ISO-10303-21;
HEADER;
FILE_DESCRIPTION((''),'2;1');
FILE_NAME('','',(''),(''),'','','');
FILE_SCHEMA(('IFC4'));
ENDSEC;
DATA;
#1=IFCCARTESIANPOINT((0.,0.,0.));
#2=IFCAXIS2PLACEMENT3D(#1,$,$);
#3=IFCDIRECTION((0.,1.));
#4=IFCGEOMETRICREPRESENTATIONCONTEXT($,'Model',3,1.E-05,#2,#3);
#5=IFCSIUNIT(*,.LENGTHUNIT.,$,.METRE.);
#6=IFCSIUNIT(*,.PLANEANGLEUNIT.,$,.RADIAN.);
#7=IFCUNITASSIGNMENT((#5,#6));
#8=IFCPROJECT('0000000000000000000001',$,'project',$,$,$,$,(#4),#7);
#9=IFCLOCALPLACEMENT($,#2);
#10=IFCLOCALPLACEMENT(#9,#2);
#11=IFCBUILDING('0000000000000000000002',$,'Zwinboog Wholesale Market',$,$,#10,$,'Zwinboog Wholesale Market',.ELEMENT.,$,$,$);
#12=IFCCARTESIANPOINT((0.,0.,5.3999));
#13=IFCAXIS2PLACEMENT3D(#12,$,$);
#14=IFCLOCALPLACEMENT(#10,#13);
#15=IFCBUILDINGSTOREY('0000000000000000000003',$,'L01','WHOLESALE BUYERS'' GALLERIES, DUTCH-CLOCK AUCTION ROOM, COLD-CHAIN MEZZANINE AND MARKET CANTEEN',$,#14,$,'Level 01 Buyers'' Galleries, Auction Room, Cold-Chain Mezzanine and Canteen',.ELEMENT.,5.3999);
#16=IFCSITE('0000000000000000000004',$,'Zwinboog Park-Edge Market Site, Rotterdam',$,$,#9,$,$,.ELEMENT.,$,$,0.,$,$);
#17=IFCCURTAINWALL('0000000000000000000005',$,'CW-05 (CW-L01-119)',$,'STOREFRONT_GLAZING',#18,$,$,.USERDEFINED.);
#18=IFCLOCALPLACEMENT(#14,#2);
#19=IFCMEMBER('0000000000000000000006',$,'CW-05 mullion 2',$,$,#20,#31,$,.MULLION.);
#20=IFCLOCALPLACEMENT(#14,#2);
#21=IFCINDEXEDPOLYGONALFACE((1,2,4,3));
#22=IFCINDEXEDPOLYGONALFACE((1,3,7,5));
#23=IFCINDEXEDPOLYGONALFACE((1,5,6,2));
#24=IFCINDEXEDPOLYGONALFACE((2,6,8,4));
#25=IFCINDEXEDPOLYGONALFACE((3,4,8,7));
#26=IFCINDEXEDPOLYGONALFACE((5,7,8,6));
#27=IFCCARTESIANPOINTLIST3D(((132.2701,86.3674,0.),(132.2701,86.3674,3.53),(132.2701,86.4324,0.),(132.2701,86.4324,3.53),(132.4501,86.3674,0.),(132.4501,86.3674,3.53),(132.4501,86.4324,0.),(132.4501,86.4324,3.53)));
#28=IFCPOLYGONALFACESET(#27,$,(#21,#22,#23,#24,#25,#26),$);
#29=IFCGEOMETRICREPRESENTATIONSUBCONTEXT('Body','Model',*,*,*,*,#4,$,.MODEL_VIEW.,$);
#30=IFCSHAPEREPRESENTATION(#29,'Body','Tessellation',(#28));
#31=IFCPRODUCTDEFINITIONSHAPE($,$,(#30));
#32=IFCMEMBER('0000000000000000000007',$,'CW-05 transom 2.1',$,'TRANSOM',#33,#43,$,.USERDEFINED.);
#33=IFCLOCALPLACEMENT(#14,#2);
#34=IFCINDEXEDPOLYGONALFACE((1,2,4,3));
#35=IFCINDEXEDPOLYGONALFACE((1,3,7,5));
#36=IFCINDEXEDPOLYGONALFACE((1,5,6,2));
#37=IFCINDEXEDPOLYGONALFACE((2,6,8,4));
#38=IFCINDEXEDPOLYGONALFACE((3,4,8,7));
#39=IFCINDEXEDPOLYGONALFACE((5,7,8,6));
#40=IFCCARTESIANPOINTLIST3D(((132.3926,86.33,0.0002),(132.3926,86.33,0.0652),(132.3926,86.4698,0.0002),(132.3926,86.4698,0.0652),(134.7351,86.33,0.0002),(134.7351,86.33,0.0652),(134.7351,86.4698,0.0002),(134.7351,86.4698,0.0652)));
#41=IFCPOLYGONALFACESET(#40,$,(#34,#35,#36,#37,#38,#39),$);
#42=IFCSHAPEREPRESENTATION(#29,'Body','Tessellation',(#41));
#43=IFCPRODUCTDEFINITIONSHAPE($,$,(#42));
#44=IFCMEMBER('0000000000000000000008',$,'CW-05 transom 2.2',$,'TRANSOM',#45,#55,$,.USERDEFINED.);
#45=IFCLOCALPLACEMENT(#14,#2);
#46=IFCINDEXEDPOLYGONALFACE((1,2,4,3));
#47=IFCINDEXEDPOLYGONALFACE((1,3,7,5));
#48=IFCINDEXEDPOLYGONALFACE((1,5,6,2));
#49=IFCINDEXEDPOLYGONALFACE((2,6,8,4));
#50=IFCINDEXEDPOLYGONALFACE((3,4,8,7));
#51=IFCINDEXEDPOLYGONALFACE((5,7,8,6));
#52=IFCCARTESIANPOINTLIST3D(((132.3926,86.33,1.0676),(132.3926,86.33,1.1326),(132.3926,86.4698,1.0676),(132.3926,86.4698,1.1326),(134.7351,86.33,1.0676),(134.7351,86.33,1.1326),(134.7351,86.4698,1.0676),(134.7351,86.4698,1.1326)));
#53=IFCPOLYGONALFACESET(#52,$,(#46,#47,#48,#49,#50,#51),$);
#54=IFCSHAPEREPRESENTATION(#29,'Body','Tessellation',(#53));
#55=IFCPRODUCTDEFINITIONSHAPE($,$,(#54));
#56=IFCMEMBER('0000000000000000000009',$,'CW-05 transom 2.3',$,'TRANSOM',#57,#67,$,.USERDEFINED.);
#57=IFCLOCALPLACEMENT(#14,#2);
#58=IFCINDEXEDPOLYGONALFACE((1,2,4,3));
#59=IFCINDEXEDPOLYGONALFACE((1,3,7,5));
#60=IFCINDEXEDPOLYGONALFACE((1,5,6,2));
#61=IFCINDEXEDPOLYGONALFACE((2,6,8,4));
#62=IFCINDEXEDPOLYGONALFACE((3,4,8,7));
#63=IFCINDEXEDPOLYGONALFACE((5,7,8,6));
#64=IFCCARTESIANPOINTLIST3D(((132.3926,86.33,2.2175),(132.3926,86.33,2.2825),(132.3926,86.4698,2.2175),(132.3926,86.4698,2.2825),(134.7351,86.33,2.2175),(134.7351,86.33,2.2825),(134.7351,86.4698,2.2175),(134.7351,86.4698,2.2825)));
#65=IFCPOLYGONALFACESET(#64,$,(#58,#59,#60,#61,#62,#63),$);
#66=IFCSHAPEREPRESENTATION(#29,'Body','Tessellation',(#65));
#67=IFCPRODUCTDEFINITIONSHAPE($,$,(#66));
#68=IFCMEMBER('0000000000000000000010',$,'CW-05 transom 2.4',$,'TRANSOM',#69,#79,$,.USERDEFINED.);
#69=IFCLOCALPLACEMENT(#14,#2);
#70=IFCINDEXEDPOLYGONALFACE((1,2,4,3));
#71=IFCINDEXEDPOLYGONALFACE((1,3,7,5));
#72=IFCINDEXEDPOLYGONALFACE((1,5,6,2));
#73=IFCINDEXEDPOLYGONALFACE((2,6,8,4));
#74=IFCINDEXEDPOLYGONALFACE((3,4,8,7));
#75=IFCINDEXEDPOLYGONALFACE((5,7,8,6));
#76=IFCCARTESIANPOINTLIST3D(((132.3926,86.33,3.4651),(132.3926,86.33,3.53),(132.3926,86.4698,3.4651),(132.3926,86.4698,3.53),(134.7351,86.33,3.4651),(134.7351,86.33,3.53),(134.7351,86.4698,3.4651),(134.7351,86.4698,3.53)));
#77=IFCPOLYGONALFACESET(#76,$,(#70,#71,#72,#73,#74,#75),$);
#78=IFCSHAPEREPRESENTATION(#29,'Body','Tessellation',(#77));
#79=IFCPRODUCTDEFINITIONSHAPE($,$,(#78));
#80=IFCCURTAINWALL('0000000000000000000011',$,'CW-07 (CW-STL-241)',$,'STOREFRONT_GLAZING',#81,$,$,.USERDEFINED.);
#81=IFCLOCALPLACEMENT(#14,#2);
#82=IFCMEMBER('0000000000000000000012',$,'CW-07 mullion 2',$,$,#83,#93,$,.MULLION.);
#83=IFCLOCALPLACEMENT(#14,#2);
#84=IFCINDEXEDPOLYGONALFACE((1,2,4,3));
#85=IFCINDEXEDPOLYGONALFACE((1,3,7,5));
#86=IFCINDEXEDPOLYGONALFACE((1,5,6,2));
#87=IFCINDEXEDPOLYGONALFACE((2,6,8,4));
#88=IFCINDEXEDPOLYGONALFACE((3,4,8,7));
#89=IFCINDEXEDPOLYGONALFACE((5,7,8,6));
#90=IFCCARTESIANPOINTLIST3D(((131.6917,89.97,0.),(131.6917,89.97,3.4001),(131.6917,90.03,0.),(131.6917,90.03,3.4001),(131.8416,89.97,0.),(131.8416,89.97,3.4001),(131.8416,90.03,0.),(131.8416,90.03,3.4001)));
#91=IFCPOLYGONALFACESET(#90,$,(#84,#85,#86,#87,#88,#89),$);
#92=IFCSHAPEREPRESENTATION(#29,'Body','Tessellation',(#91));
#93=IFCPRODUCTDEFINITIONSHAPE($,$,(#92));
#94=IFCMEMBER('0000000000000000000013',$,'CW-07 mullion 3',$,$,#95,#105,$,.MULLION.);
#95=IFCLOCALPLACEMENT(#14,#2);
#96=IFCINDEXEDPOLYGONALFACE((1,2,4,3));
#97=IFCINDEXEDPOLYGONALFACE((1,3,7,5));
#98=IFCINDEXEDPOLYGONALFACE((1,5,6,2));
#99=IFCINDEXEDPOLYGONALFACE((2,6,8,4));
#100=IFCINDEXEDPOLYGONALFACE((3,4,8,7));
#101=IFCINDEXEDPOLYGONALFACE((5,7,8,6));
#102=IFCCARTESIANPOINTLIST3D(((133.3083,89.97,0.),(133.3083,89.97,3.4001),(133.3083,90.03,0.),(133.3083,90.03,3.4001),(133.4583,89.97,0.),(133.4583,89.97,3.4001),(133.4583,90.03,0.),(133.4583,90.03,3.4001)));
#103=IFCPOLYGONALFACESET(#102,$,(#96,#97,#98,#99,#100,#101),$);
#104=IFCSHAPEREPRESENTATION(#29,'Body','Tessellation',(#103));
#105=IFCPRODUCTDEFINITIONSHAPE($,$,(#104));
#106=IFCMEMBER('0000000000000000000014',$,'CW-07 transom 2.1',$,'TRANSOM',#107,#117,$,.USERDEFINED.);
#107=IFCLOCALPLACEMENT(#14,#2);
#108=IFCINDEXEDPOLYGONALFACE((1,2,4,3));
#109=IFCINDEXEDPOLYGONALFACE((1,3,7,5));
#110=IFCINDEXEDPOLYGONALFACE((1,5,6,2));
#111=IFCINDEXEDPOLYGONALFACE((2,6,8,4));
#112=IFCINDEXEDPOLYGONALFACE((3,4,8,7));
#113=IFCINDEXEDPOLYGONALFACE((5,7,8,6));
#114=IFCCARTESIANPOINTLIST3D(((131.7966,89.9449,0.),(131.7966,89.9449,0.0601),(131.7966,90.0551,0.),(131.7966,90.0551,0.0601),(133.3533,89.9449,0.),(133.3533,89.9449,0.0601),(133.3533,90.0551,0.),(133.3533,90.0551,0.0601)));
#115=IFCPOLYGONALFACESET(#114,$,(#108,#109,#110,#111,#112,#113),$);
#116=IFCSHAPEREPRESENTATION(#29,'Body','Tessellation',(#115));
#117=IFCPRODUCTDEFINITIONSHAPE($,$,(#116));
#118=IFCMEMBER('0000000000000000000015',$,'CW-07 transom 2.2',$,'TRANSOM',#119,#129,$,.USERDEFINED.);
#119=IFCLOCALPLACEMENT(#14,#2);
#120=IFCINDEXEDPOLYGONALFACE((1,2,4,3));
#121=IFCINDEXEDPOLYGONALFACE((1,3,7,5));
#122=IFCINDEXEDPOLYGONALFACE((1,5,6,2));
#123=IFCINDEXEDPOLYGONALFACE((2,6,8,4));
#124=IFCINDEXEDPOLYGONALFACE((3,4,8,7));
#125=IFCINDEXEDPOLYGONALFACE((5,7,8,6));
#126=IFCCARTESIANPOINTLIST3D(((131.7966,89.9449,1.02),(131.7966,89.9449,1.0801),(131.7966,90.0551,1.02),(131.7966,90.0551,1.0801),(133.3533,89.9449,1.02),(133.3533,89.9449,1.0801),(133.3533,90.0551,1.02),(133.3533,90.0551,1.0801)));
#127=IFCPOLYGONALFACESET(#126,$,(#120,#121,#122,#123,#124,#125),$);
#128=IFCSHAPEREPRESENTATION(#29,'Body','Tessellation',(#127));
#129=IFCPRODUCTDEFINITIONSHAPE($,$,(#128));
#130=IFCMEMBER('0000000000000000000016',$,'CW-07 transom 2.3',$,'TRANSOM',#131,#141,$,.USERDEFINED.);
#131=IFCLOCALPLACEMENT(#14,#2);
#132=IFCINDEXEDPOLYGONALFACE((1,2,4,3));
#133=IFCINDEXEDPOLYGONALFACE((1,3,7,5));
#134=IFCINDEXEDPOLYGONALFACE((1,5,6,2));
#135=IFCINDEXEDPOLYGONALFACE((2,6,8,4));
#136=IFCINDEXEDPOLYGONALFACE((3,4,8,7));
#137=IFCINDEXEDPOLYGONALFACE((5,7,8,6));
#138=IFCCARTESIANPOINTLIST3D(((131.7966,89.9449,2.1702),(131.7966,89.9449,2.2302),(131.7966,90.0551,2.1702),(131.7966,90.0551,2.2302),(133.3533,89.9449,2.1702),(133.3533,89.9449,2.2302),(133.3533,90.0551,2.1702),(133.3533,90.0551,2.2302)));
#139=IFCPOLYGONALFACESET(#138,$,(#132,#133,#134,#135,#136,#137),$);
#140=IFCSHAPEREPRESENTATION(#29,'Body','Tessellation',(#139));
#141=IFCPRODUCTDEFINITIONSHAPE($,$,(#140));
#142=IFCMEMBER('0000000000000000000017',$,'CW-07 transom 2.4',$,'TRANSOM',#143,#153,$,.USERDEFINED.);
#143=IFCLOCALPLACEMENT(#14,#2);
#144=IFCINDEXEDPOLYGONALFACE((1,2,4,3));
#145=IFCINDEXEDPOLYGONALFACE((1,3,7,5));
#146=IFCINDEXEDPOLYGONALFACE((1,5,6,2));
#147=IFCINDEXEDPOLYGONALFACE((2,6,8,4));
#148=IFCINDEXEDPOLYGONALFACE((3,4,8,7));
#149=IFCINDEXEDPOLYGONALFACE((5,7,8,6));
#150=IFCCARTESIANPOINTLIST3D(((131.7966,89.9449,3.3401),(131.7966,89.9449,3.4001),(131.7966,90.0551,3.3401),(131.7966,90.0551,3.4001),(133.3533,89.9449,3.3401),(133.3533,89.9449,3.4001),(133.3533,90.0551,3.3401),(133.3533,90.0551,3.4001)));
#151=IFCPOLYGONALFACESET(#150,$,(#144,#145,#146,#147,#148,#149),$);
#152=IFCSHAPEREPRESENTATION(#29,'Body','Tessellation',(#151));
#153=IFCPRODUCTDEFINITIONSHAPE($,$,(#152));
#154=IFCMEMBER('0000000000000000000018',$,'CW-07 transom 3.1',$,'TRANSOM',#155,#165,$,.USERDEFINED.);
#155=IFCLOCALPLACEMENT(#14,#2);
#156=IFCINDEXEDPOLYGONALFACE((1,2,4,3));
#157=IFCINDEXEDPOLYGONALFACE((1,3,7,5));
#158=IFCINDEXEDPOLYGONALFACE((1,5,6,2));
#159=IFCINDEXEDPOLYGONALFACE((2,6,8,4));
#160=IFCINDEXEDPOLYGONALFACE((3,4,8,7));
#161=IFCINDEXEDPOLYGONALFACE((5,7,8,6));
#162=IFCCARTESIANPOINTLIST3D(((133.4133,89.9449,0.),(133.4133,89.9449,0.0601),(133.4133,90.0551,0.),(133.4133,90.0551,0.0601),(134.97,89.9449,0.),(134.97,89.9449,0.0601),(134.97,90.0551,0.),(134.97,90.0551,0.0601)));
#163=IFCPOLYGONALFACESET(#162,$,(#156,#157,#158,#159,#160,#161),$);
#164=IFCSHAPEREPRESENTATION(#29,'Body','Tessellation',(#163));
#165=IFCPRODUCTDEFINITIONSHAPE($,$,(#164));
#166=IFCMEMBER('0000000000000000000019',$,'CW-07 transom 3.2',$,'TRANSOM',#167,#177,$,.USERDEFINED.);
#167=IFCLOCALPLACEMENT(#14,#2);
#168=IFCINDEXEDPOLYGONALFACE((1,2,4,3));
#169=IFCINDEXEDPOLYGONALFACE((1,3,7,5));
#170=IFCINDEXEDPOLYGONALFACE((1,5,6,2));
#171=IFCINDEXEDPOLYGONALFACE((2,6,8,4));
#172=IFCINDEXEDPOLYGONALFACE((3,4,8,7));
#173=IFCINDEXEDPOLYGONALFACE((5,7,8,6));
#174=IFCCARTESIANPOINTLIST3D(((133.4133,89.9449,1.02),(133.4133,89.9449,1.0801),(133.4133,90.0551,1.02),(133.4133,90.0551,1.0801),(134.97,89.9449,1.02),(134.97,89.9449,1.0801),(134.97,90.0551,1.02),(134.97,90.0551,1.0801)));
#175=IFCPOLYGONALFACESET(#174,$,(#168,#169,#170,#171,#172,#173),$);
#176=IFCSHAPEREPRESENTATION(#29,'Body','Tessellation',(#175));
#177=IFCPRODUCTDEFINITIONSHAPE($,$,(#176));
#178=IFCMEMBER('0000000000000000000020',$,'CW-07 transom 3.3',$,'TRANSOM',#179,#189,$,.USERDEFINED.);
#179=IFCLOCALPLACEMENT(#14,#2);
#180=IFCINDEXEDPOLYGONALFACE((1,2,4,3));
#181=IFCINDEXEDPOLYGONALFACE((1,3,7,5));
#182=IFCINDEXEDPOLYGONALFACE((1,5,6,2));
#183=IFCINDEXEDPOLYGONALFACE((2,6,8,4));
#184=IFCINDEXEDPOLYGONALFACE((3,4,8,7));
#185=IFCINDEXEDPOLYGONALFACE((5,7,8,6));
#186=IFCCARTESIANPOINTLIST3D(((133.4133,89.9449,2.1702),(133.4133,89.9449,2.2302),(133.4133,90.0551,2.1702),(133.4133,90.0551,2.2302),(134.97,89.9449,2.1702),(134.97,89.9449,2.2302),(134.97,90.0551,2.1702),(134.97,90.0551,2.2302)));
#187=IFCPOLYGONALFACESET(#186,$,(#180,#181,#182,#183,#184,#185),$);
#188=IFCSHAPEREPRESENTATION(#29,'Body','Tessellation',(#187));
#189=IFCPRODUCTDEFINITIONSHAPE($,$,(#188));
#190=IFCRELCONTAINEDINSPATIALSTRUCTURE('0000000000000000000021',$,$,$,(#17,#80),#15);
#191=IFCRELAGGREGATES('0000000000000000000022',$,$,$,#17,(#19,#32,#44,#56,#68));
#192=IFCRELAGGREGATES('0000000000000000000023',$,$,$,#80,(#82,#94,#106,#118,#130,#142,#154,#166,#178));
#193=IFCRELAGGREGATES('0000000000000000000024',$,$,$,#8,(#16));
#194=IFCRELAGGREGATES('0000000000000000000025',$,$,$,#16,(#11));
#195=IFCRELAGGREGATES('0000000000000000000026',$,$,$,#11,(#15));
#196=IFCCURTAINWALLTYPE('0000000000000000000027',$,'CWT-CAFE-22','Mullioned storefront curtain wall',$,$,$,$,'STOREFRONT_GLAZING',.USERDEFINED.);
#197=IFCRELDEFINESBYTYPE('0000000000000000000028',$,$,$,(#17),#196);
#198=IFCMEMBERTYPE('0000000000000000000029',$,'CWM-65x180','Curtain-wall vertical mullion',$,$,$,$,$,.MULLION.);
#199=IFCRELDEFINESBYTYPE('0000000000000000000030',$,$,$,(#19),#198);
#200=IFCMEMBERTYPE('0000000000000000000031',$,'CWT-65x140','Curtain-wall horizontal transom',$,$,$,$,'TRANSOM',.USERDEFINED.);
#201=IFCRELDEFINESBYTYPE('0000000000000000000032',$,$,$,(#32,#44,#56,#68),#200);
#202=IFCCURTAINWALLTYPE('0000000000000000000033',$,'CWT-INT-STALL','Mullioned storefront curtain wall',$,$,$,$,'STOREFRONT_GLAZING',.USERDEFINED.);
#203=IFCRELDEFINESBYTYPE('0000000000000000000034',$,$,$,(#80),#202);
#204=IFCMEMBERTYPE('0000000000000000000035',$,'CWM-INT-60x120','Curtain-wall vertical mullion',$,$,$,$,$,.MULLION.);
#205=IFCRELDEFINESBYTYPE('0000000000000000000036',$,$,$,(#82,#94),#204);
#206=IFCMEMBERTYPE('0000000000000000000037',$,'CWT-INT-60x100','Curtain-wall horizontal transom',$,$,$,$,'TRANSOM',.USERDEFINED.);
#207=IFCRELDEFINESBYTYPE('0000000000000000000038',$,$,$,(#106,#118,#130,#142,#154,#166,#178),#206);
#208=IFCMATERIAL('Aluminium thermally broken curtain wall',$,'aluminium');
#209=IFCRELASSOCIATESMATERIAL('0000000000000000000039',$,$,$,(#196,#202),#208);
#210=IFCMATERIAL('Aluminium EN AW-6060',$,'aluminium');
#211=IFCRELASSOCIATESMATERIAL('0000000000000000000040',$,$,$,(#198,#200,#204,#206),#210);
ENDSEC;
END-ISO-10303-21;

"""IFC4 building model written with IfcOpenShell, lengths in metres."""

from ifc_helpers import new_model, si_unit, direction, frame, origin, origin_2d, place, context, subcontext, project, spatial, rectangle, extrude, material, material_profile, profile_set, type_object, element, aggregate, save


model = new_model("IFC4")

# Units and contexts
model_context = context("Model", 3, precision=1e-05, world=origin(), true_north=direction((0.0, 1.0)))
body_context = subcontext(model_context, "Body", "Model", "MODEL_VIEW")
ifc_project = project(units=[si_unit("LENGTHUNIT", "METRE"), si_unit("PLANEANGLEUNIT", "RADIAN")], contexts=[model_context])

# Site, building, storey
site_placement = place(None, origin())
site = spatial("IfcSite", under=ifc_project, at=site_placement, Name="Zwinboog Park-Edge Market Site, Rotterdam", CompositionType="ELEMENT", RefElevation=0.0)
building_placement = place(site_placement, origin())
building = spatial("IfcBuilding", under=site, at=building_placement, Name="Zwinboog Wholesale Market", LongName="Zwinboog Wholesale Market", CompositionType="ELEMENT")
storey_placement = place(building_placement, frame((0.0, 0.0, 5.3999)))
storey = spatial("IfcBuildingStorey", under=building, at=storey_placement, Name="L01", Description="WHOLESALE BUYERS' GALLERIES, DUTCH-CLOCK AUCTION ROOM, COLD-CHAIN MEZZANINE AND MARKET CANTEEN", LongName="Level 01 Buyers' Galleries, Auction Room, Cold-Chain Mezzanine and Canteen", CompositionType="ELEMENT", Elevation=5.3999)

# Curtain walls, members
ifc_material_1 = material(Name="Aluminium thermally broken curtain wall", Category="aluminium")
curtain_wall_type_1 = type_object("IfcCurtainWallType", Name="CWT-CAFE-22", Description="Mullioned storefront curtain wall", ElementType="STOREFRONT_GLAZING", PredefinedType="USERDEFINED", material=ifc_material_1)
curtain_wall_1_placement = place(storey_placement, origin())
curtain_wall_1 = element("IfcCurtainWall", 1, at=curtain_wall_1_placement, inside=storey, type_object=curtain_wall_type_1, Name="CW-05 (CW-L01-119)", ObjectType="STOREFRONT_GLAZING", PredefinedType="USERDEFINED")
ifc_material_2 = material(Name="Aluminium EN AW-6060", Category="aluminium")
ifc_material_profile_1 = material_profile(ifc_material_2, rectangle(XDim=0.0649, YDim=0.1799, at=origin_2d()), Name="AL 65x180")
ifc_profile_set_1 = profile_set([ifc_material_profile_1], Name="Aluminium EN AW-6060")
member_type_1 = type_object("IfcMemberType", Name="CWM-65x180", Description="Curtain-wall vertical mullion", PredefinedType="MULLION", material=ifc_profile_set_1)
member_1_placement = place(storey_placement, frame((132.3601, 86.3999, 0.0), z_axis=(0.0, 0.0, 1.0), x_axis=(0.0, 1.0, 0.0)))
member_1 = element("IfcMember", 2, at=member_1_placement, type_object=member_type_1, Name="CW-05 mullion 2", PredefinedType="MULLION", context=body_context, shape_type="SweptSolid", body=[
    extrude(rectangle(XDim=0.0649, YDim=0.1799, at=origin_2d()), origin(), (0.0, 0.0, 1.0), 3.53),
])
ifc_material_profile_2 = material_profile(ifc_material_2, rectangle(XDim=0.1399, YDim=0.0649, at=origin_2d()), Name="AL 65x140")
ifc_profile_set_2 = profile_set([ifc_material_profile_2], Name="Aluminium EN AW-6060")
member_type_2 = type_object("IfcMemberType", Name="CWT-65x140", Description="Curtain-wall horizontal transom", ElementType="TRANSOM", PredefinedType="USERDEFINED", material=ifc_profile_set_2)
member_2_placement = place(storey_placement, frame((132.3926, 86.3999, 0.0327), z_axis=(1.0, 0.0, 0.0), x_axis=(0.0, 1.0, 0.0)))
member_2 = element("IfcMember", 3, at=member_2_placement, type_object=member_type_2, Name="CW-05 transom 2.1", ObjectType="TRANSOM", PredefinedType="USERDEFINED", context=body_context, shape_type="SweptSolid", body=[
    extrude(rectangle(XDim=0.1399, YDim=0.0649, at=origin_2d()), origin(), (0.0, 0.0, 1.0), 2.3425),
])
member_3_placement = place(storey_placement, frame((132.3926, 86.3999, 1.1001), z_axis=(1.0, 0.0, 0.0), x_axis=(0.0, 1.0, 0.0)))
member_3 = element("IfcMember", 4, at=member_3_placement, type_object=member_type_2, Name="CW-05 transom 2.2", ObjectType="TRANSOM", PredefinedType="USERDEFINED", context=body_context, shape_type="SweptSolid", body=[
    extrude(rectangle(XDim=0.1399, YDim=0.0649, at=origin_2d()), origin(), (0.0, 0.0, 1.0), 2.3425),
])
member_4_placement = place(storey_placement, frame((132.3926, 86.3999, 2.25), z_axis=(1.0, 0.0, 0.0), x_axis=(0.0, 1.0, 0.0)))
member_4 = element("IfcMember", 5, at=member_4_placement, type_object=member_type_2, Name="CW-05 transom 2.3", ObjectType="TRANSOM", PredefinedType="USERDEFINED", context=body_context, shape_type="SweptSolid", body=[
    extrude(rectangle(XDim=0.1399, YDim=0.0649, at=origin_2d()), origin(), (0.0, 0.0, 1.0), 2.3425),
])
member_5_placement = place(storey_placement, frame((132.3926, 86.3999, 3.4976), z_axis=(1.0, 0.0, 0.0), x_axis=(0.0, 1.0, 0.0)))
member_5 = element("IfcMember", 6, at=member_5_placement, type_object=member_type_2, Name="CW-05 transom 2.4", ObjectType="TRANSOM", PredefinedType="USERDEFINED", context=body_context, shape_type="SweptSolid", body=[
    extrude(rectangle(XDim=0.1399, YDim=0.0649, at=origin_2d()), origin(), (0.0, 0.0, 1.0), 2.3425),
])
curtain_wall_type_2 = type_object("IfcCurtainWallType", Name="CWT-INT-STALL", Description="Mullioned storefront curtain wall", ElementType="STOREFRONT_GLAZING", PredefinedType="USERDEFINED", material=ifc_material_1)
curtain_wall_2_placement = place(storey_placement, origin())
curtain_wall_2 = element("IfcCurtainWall", 7, at=curtain_wall_2_placement, inside=storey, type_object=curtain_wall_type_2, Name="CW-07 (CW-STL-241)", ObjectType="STOREFRONT_GLAZING", PredefinedType="USERDEFINED")
ifc_material_profile_3 = material_profile(ifc_material_2, rectangle(XDim=0.0601, YDim=0.1499, at=origin_2d()), Name="AL 60x150")
ifc_profile_set_3 = profile_set([ifc_material_profile_3], Name="Aluminium EN AW-6060")
member_type_3 = type_object("IfcMemberType", Name="CWM-INT-60x120", Description="Curtain-wall vertical mullion", PredefinedType="MULLION", material=ifc_profile_set_3)
member_6_placement = place(storey_placement, frame((131.7666, 90.0, 0.0), z_axis=(0.0, 0.0, 1.0), x_axis=(0.0, 1.0, 0.0)))
member_6 = element("IfcMember", 8, at=member_6_placement, type_object=member_type_3, Name="CW-07 mullion 2", PredefinedType="MULLION", context=body_context, shape_type="SweptSolid", body=[
    extrude(rectangle(XDim=0.0601, YDim=0.1499, at=origin_2d()), origin(), (0.0, 0.0, 1.0), 3.4001),
])
member_7_placement = place(storey_placement, frame((133.3833, 90.0, 0.0), z_axis=(0.0, 0.0, 1.0), x_axis=(0.0, 1.0, 0.0)))
member_7 = element("IfcMember", 9, at=member_7_placement, type_object=member_type_3, Name="CW-07 mullion 3", PredefinedType="MULLION", context=body_context, shape_type="SweptSolid", body=[
    extrude(rectangle(XDim=0.0601, YDim=0.1499, at=origin_2d()), origin(), (0.0, 0.0, 1.0), 3.4001),
])
ifc_material_profile_4 = material_profile(ifc_material_2, rectangle(XDim=0.1101, YDim=0.0601, at=origin_2d()), Name="AL 60x110")
ifc_profile_set_4 = profile_set([ifc_material_profile_4], Name="Aluminium EN AW-6060")
member_type_4 = type_object("IfcMemberType", Name="CWT-INT-60x100", Description="Curtain-wall horizontal transom", ElementType="TRANSOM", PredefinedType="USERDEFINED", material=ifc_profile_set_4)
member_8_placement = place(storey_placement, frame((131.7966, 90.0, 0.03), z_axis=(1.0, 0.0, 0.0), x_axis=(0.0, 1.0, 0.0)))
member_8 = element("IfcMember", 10, at=member_8_placement, type_object=member_type_4, Name="CW-07 transom 2.1", ObjectType="TRANSOM", PredefinedType="USERDEFINED", context=body_context, shape_type="SweptSolid", body=[
    extrude(rectangle(XDim=0.1101, YDim=0.0601, at=origin_2d()), origin(), (0.0, 0.0, 1.0), 1.5566),
])
member_9_placement = place(storey_placement, frame((131.7966, 90.0, 1.05), z_axis=(1.0, 0.0, 0.0), x_axis=(0.0, 1.0, 0.0)))
member_9 = element("IfcMember", 11, at=member_9_placement, type_object=member_type_4, Name="CW-07 transom 2.2", ObjectType="TRANSOM", PredefinedType="USERDEFINED", context=body_context, shape_type="SweptSolid", body=[
    extrude(rectangle(XDim=0.1101, YDim=0.0601, at=origin_2d()), origin(), (0.0, 0.0, 1.0), 1.5566),
])
member_10_placement = place(storey_placement, frame((131.7966, 90.0, 2.2002), z_axis=(1.0, 0.0, 0.0), x_axis=(0.0, 1.0, 0.0)))
member_10 = element("IfcMember", 12, at=member_10_placement, type_object=member_type_4, Name="CW-07 transom 2.3", ObjectType="TRANSOM", PredefinedType="USERDEFINED", context=body_context, shape_type="SweptSolid", body=[
    extrude(rectangle(XDim=0.1101, YDim=0.0601, at=origin_2d()), origin(), (0.0, 0.0, 1.0), 1.5566),
])
member_11_placement = place(storey_placement, frame((131.7966, 90.0, 3.3701), z_axis=(1.0, 0.0, 0.0), x_axis=(0.0, 1.0, 0.0)))
member_11 = element("IfcMember", 13, at=member_11_placement, type_object=member_type_4, Name="CW-07 transom 2.4", ObjectType="TRANSOM", PredefinedType="USERDEFINED", context=body_context, shape_type="SweptSolid", body=[
    extrude(rectangle(XDim=0.1101, YDim=0.0601, at=origin_2d()), origin(), (0.0, 0.0, 1.0), 1.5566),
])
member_12_placement = place(storey_placement, frame((133.4133, 90.0, 0.03), z_axis=(1.0, 0.0, 0.0), x_axis=(0.0, 1.0, 0.0)))
member_12 = element("IfcMember", 14, at=member_12_placement, type_object=member_type_4, Name="CW-07 transom 3.1", ObjectType="TRANSOM", PredefinedType="USERDEFINED", context=body_context, shape_type="SweptSolid", body=[
    extrude(rectangle(XDim=0.1101, YDim=0.0601, at=origin_2d()), origin(), (0.0, 0.0, 1.0), 1.5566),
])
member_13_placement = place(storey_placement, frame((133.4133, 90.0, 1.05), z_axis=(1.0, 0.0, 0.0), x_axis=(0.0, 1.0, 0.0)))
member_13 = element("IfcMember", 15, at=member_13_placement, type_object=member_type_4, Name="CW-07 transom 3.2", ObjectType="TRANSOM", PredefinedType="USERDEFINED", context=body_context, shape_type="SweptSolid", body=[
    extrude(rectangle(XDim=0.1101, YDim=0.0601, at=origin_2d()), origin(), (0.0, 0.0, 1.0), 1.5566),
])
member_14_placement = place(storey_placement, frame((133.4133, 90.0, 2.2002), z_axis=(1.0, 0.0, 0.0), x_axis=(0.0, 1.0, 0.0)))
member_14 = element("IfcMember", 16, at=member_14_placement, type_object=member_type_4, Name="CW-07 transom 3.3", ObjectType="TRANSOM", PredefinedType="USERDEFINED", context=body_context, shape_type="SweptSolid", body=[
    extrude(rectangle(XDim=0.1101, YDim=0.0601, at=origin_2d()), origin(), (0.0, 0.0, 1.0), 1.5566),
])

aggregate(curtain_wall_1, [member_1, member_2, member_3, member_4, member_5])
aggregate(curtain_wall_2, [member_6, member_7, member_8, member_9, member_10, member_11, member_12, member_13, member_14])

save(model, "model.ifc")
